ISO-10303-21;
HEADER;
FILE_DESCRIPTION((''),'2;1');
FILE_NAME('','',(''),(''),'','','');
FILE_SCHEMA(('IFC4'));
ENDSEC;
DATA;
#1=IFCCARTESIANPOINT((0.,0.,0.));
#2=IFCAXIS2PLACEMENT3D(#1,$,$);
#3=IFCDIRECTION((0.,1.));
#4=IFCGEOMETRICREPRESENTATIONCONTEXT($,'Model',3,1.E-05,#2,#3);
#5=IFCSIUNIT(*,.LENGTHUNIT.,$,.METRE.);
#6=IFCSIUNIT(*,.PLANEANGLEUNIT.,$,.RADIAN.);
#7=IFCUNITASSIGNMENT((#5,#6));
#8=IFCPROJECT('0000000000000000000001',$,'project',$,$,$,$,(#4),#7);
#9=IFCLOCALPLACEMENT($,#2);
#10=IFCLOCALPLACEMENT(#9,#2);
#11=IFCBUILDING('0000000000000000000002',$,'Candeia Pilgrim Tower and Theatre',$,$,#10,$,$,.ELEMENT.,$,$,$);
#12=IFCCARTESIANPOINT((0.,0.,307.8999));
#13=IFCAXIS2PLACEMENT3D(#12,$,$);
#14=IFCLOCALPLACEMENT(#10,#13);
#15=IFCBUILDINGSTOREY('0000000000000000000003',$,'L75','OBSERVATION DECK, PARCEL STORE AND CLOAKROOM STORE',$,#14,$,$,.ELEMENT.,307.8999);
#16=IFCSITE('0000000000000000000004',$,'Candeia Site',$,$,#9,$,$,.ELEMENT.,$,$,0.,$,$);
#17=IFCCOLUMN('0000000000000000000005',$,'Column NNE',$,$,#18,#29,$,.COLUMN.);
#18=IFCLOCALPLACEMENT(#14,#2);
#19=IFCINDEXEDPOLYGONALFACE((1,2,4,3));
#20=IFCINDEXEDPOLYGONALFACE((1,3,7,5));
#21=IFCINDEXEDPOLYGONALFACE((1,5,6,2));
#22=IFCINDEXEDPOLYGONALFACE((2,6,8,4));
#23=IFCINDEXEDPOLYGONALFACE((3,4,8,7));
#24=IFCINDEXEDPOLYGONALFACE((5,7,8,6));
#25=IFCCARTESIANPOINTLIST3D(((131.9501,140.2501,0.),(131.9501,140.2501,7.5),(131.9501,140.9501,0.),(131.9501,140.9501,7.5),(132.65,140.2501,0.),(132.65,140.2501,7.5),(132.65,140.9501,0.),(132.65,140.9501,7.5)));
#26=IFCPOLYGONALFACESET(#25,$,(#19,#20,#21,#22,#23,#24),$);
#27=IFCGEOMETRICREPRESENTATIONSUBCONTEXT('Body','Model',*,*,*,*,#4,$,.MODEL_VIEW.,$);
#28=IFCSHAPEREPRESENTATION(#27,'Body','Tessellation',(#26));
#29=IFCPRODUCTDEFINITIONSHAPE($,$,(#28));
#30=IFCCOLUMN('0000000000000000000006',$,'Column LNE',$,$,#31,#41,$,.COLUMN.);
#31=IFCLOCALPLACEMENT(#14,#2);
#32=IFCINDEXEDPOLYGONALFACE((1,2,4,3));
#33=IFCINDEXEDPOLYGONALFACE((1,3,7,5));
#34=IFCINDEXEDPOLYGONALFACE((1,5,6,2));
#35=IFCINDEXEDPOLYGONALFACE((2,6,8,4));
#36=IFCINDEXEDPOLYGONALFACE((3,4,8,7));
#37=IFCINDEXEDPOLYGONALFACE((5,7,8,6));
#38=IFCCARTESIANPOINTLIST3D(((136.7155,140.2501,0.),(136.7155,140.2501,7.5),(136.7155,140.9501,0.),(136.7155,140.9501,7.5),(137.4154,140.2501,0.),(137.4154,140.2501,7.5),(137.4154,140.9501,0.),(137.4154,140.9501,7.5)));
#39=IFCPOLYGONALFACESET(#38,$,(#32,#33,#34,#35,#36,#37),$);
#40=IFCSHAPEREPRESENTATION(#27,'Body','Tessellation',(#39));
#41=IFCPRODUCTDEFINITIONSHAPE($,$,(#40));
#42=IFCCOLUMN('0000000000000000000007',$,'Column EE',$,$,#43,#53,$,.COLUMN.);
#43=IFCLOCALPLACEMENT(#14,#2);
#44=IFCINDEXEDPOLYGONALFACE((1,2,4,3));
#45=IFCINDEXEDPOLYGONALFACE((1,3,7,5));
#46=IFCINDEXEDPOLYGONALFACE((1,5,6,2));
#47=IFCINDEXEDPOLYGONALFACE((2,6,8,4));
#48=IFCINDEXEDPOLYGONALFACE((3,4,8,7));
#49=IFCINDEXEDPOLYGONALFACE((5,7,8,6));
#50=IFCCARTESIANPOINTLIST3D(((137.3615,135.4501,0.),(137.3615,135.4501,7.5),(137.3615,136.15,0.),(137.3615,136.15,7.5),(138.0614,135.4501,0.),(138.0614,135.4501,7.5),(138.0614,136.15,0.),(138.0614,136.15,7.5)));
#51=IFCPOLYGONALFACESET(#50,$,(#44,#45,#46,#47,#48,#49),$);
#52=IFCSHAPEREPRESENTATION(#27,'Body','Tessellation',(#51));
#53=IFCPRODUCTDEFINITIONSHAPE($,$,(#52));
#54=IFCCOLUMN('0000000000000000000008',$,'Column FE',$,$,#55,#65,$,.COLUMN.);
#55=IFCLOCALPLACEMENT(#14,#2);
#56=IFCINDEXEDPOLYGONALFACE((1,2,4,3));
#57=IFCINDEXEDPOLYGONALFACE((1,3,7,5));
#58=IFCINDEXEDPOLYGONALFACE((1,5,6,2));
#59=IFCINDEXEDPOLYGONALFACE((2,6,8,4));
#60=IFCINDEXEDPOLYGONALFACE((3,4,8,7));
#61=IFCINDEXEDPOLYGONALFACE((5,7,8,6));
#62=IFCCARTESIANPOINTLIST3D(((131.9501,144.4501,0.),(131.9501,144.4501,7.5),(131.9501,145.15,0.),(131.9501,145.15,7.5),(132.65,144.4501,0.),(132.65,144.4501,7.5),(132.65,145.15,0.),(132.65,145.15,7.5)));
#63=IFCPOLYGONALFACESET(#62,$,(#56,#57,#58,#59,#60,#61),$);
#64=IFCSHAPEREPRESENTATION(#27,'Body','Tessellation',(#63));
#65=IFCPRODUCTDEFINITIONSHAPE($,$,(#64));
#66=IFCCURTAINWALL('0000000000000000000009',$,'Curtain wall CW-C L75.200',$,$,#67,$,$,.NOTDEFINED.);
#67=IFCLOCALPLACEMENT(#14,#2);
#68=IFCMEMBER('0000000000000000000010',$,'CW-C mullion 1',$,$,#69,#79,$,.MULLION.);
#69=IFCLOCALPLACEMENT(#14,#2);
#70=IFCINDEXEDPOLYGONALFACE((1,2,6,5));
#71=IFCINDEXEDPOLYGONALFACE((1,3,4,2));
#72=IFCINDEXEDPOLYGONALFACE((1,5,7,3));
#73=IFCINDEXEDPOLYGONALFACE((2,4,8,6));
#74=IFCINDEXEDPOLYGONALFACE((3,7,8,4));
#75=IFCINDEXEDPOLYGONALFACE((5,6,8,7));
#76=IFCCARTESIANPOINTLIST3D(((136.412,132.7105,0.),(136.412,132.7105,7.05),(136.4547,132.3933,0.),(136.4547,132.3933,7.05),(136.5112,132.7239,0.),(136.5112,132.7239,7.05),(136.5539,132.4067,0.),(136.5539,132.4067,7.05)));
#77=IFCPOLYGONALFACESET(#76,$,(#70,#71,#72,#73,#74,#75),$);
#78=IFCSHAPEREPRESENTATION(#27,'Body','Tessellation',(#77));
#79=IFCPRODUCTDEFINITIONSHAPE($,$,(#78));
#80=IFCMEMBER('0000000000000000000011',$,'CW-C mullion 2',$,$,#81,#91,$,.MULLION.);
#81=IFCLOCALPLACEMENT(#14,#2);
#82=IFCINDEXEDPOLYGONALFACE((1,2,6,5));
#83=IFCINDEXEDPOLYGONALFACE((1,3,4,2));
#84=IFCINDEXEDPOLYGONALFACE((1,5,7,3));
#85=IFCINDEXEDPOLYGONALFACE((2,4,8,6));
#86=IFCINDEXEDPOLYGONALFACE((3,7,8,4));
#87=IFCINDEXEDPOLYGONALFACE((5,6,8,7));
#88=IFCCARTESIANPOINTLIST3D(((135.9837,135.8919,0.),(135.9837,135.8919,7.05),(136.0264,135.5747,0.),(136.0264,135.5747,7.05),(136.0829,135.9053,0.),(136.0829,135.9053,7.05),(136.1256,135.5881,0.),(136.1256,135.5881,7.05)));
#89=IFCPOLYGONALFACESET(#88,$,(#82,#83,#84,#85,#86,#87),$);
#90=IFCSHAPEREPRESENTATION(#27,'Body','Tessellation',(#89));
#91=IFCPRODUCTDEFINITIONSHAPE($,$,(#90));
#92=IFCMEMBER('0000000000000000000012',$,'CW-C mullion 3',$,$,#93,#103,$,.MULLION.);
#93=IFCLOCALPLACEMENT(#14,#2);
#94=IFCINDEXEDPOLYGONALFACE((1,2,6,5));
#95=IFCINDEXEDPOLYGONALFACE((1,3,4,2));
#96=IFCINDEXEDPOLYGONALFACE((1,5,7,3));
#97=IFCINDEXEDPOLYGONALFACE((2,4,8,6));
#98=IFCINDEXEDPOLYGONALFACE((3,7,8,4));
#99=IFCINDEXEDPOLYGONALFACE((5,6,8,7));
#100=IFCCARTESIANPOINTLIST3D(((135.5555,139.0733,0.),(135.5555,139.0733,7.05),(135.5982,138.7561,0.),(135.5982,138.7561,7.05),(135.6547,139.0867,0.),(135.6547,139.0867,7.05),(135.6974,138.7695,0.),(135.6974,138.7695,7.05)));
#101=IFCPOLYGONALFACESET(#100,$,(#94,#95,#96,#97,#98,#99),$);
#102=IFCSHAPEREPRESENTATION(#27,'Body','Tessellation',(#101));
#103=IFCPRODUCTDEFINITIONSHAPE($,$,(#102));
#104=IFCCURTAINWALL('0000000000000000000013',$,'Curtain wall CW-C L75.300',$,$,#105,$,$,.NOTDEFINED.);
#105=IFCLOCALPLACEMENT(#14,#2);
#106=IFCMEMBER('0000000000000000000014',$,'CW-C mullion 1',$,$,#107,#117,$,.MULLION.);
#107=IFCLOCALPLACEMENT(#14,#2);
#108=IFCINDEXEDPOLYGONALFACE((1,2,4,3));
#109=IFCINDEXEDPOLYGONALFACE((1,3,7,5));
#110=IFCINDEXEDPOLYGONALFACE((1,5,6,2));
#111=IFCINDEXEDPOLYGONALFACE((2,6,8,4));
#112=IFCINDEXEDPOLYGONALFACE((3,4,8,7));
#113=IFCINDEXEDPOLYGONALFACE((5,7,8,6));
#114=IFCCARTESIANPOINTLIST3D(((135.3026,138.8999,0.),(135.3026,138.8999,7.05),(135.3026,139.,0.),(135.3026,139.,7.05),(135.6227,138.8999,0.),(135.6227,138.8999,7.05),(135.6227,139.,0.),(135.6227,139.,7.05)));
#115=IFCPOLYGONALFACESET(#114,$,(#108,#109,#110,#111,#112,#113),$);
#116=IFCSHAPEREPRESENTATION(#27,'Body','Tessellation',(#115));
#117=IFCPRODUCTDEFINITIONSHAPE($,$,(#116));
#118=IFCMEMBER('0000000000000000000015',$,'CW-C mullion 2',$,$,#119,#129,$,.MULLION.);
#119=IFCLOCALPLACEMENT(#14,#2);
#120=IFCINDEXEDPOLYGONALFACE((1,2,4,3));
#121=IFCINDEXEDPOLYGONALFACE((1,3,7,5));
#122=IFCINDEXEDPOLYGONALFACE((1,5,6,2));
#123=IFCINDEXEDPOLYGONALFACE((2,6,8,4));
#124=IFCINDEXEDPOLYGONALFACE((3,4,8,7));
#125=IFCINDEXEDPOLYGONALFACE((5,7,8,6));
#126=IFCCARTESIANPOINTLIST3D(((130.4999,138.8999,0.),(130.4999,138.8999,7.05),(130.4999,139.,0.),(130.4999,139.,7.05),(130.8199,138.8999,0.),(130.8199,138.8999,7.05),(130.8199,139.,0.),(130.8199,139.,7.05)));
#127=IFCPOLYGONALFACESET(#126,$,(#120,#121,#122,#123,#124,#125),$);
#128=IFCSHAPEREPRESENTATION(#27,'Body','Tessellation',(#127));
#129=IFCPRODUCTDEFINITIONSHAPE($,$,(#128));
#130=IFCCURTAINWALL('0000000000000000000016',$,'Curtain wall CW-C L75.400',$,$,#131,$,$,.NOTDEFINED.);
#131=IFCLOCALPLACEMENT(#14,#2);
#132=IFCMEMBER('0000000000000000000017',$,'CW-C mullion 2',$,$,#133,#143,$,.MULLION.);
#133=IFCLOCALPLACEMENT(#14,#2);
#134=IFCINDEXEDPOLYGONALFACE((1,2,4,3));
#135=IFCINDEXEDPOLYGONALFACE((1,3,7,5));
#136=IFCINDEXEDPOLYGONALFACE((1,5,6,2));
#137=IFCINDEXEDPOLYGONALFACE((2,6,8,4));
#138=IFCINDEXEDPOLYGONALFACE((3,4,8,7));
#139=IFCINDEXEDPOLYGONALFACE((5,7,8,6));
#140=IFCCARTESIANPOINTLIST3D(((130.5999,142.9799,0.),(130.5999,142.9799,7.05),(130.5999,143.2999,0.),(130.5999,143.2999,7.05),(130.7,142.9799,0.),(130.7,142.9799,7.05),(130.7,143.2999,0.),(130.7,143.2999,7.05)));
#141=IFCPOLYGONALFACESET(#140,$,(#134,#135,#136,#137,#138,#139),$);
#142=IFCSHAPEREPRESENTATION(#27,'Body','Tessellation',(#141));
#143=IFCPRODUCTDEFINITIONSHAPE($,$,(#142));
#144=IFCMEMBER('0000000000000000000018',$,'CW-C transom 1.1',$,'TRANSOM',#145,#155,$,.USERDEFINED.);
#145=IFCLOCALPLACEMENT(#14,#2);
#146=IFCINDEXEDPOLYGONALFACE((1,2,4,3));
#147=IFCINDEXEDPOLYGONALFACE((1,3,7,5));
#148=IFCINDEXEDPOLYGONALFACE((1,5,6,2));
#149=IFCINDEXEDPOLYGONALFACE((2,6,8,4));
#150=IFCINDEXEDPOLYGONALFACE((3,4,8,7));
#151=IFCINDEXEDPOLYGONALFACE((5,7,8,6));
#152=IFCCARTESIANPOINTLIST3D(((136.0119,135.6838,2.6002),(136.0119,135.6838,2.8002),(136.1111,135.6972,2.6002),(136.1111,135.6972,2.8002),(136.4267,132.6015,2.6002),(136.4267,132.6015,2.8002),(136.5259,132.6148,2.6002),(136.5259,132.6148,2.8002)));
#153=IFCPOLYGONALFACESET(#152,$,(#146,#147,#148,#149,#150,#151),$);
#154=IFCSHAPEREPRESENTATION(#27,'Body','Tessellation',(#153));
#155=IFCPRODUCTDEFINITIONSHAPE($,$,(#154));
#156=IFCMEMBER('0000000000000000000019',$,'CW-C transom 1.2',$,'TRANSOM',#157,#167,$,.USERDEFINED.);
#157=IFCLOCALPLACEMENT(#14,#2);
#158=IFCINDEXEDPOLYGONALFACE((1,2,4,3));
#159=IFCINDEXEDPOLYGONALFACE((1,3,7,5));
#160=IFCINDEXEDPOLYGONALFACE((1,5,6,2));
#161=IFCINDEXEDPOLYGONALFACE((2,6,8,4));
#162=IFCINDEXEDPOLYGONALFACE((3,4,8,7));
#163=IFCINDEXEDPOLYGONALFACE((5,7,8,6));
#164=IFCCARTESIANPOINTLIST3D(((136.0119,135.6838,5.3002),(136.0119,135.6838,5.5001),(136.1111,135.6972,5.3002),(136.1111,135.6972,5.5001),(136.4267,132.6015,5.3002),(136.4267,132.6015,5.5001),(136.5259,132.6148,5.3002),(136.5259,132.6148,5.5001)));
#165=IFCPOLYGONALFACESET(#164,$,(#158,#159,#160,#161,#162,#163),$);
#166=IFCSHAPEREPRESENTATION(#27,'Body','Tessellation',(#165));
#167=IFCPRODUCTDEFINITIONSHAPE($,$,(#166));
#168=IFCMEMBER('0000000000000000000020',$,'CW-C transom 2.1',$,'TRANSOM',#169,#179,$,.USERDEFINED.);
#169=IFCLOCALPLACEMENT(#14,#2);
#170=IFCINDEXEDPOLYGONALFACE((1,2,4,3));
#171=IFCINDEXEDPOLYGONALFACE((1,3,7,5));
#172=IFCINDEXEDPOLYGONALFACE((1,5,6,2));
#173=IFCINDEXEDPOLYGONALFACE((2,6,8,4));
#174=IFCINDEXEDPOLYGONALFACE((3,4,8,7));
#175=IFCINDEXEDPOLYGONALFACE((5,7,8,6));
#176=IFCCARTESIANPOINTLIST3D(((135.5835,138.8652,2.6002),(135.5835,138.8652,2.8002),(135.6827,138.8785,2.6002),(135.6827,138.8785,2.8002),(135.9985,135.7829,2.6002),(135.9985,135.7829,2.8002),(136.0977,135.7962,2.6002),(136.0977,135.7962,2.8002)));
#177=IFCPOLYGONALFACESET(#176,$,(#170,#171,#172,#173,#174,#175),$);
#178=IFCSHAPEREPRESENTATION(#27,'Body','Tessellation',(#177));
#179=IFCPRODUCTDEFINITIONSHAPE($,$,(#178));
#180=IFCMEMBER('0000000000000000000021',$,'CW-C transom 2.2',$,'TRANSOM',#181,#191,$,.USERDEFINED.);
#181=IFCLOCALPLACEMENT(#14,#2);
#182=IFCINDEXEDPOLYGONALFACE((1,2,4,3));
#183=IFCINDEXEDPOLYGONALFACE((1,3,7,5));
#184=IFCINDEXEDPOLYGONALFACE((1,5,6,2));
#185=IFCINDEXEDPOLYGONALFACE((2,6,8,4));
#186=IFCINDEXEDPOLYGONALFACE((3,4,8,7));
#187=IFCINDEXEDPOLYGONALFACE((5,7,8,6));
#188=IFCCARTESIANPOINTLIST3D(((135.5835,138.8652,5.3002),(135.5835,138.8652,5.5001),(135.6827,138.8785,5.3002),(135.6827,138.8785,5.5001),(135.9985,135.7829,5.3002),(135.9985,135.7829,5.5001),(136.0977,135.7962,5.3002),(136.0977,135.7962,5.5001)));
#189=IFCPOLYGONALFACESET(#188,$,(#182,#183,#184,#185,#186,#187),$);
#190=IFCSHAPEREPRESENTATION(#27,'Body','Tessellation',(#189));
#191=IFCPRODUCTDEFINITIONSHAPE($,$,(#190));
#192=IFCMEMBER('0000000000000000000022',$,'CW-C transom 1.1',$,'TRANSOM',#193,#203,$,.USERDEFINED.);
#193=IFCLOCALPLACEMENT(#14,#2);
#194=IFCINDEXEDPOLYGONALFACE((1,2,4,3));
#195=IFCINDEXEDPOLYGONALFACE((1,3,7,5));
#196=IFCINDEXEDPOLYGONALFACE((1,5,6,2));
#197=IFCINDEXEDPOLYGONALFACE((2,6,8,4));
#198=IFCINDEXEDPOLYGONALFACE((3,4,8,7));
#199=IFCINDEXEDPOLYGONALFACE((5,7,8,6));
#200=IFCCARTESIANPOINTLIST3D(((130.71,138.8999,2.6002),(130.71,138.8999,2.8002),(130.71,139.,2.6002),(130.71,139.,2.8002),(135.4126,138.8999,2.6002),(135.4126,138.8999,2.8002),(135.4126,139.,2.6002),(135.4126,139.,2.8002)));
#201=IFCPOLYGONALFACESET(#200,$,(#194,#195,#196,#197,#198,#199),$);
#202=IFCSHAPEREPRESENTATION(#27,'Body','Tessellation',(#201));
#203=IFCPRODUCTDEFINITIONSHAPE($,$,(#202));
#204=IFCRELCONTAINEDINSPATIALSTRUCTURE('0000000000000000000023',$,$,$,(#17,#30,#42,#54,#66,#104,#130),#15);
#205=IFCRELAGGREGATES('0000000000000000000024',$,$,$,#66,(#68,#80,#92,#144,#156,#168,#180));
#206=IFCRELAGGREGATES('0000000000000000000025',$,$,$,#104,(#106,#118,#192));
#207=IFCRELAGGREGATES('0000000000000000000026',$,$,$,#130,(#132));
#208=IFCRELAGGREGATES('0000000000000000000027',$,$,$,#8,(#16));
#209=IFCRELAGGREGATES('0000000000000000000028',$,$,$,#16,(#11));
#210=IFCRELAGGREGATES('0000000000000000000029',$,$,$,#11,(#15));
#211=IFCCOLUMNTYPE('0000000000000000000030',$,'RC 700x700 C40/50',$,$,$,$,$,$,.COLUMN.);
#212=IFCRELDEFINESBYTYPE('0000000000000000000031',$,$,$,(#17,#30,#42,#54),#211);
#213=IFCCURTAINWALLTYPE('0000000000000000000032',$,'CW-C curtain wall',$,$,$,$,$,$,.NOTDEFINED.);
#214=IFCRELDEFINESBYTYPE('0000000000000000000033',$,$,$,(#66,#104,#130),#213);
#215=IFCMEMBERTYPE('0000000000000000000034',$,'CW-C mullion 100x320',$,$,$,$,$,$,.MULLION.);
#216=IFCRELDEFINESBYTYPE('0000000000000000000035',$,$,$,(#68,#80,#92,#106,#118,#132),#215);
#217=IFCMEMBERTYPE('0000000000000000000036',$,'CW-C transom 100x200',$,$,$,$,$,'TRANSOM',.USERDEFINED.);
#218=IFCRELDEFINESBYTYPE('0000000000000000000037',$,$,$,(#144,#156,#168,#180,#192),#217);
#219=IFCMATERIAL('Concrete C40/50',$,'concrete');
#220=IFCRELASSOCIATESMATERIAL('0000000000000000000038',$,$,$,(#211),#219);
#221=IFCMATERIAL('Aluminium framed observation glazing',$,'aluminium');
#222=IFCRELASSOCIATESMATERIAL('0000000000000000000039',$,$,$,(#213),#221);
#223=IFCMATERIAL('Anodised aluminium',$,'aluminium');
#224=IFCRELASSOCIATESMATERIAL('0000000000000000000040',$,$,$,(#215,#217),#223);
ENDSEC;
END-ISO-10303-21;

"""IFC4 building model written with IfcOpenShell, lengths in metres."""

from ifc_helpers import new_model, si_unit, direction, frame, origin, origin_2d, place, context, subcontext, project, spatial, rectangle, extrude, material, material_profile, profile_set, type_object, element, aggregate, save


model = new_model("IFC4")

# Units and contexts
model_context = context("Model", 3, precision=1e-05, world=origin(), true_north=direction((0.0, 1.0)))
body_context = subcontext(model_context, "Body", "Model", "MODEL_VIEW")
ifc_project = project(units=[si_unit("LENGTHUNIT", "METRE"), si_unit("PLANEANGLEUNIT", "RADIAN")], contexts=[model_context])

# Site, building, storey
site_placement = place(None, origin())
site = spatial("IfcSite", under=ifc_project, at=site_placement, Name="Candeia Site", CompositionType="ELEMENT", RefElevation=0.0)
building_placement = place(site_placement, origin())
building = spatial("IfcBuilding", under=site, at=building_placement, Name="Candeia Pilgrim Tower and Theatre", CompositionType="ELEMENT")
storey_placement = place(building_placement, frame((0.0, 0.0, 307.8999)))
storey = spatial("IfcBuildingStorey", under=building, at=storey_placement, Name="L75", Description="OBSERVATION DECK, PARCEL STORE AND CLOAKROOM STORE", CompositionType="ELEMENT", Elevation=307.8999)

# Columns
ifc_material_1 = material(Name="Concrete C40/50", Category="concrete")
ifc_material_profile_1 = material_profile(ifc_material_1, rectangle(XDim=0.7, YDim=0.7, at=origin_2d()))
ifc_profile_set_1 = profile_set([ifc_material_profile_1], Name="Concrete C40/50")
column_type = type_object("IfcColumnType", Name="RC 700x700 C40/50", PredefinedType="COLUMN", material=ifc_profile_set_1)
for number, where, z_axis, x_axis, name in (
    (1, (132.3, 140.6001, 0.0), (0.0, 0.0, 1.0), (1.0, 0.0, 0.0), "Column NNE"),
    (2, (137.0654, 140.6001, 0.0), (0.0, 0.0, 1.0), (1.0, 0.0, 0.0), "Column LNE"),
    (3, (137.7114, 135.8, 0.0), (0.0, 0.0, 1.0), (1.0, 0.0, 0.0), "Column EE"),
    (4, (132.3, 144.8, 0.0), (0.0, 0.0, 1.0), (1.0, 0.0, 0.0), "Column FE"),
):
    element("IfcColumn", number, at=place(storey_placement, frame(where, z_axis=z_axis, x_axis=x_axis)), inside=storey, type_object=column_type, Name=name, PredefinedType="COLUMN", context=body_context, shape_type="SweptSolid", body=[
        extrude(rectangle(XDim=0.7, YDim=0.7, at=origin_2d()), origin(), (0.0, 0.0, 1.0), 7.5),
    ])

# Curtain walls, members
ifc_material_2 = material(Name="Aluminium framed observation glazing", Category="aluminium")
curtain_wall_type = type_object("IfcCurtainWallType", Name="CW-C curtain wall", PredefinedType="NOTDEFINED", material=ifc_material_2)
curtain_wall_1_placement = place(storey_placement, origin())
curtain_wall_1 = element("IfcCurtainWall", 5, at=curtain_wall_1_placement, inside=storey, type_object=curtain_wall_type, Name="Curtain wall CW-C L75.200", PredefinedType="NOTDEFINED")
ifc_material_3 = material(Name="Anodised aluminium", Category="aluminium")
ifc_material_profile_2 = material_profile(ifc_material_3, rectangle(XDim=0.1001, YDim=0.3201, at=origin_2d()))
ifc_profile_set_2 = profile_set([ifc_material_profile_2], Name="Anodised aluminium")
member_type_1 = type_object("IfcMemberType", Name="CW-C mullion 100x320", PredefinedType="MULLION", material=ifc_profile_set_2)
member_1_placement = place(storey_placement, frame((136.4829, 132.5586, 0.0), z_axis=(0.0, 0.0, 1.0), x_axis=(-0.991061, -0.133412, 0.0)))
member_1 = element("IfcMember", 6, at=member_1_placement, type_object=member_type_1, Name="CW-C mullion 1", PredefinedType="MULLION", context=body_context, shape_type="SweptSolid", body=[
    extrude(rectangle(XDim=0.1001, YDim=0.3201, at=origin_2d()), origin(), (0.0, 0.0, 1.0), 7.05),
])
member_2_placement = place(storey_placement, frame((136.0547, 135.74, 0.0), z_axis=(0.0, 0.0, 1.0), x_axis=(-0.991061, -0.133412, 0.0)))
member_2 = element("IfcMember", 7, at=member_2_placement, type_object=member_type_1, Name="CW-C mullion 2", PredefinedType="MULLION", context=body_context, shape_type="SweptSolid", body=[
    extrude(rectangle(XDim=0.1001, YDim=0.3201, at=origin_2d()), origin(), (0.0, 0.0, 1.0), 7.05),
])
member_3_placement = place(storey_placement, frame((135.6265, 138.9214, 0.0), z_axis=(0.0, 0.0, 1.0), x_axis=(-0.991061, -0.133412, 0.0)))
member_3 = element("IfcMember", 8, at=member_3_placement, type_object=member_type_1, Name="CW-C mullion 3", PredefinedType="MULLION", context=body_context, shape_type="SweptSolid", body=[
    extrude(rectangle(XDim=0.1001, YDim=0.3201, at=origin_2d()), origin(), (0.0, 0.0, 1.0), 7.05),
])
curtain_wall_2_placement = place(storey_placement, origin())
curtain_wall_2 = element("IfcCurtainWall", 9, at=curtain_wall_2_placement, inside=storey, type_object=curtain_wall_type, Name="Curtain wall CW-C L75.300", PredefinedType="NOTDEFINED")
member_4_placement = place(storey_placement, frame((135.4626, 138.95, 0.0), z_axis=(0.0, 0.0, 1.0), x_axis=(0.0, -1.0, 0.0)))
member_4 = element("IfcMember", 10, at=member_4_placement, type_object=member_type_1, Name="CW-C mullion 1", PredefinedType="MULLION", context=body_context, shape_type="SweptSolid", body=[
    extrude(rectangle(XDim=0.1001, YDim=0.3201, at=origin_2d()), origin(), (0.0, 0.0, 1.0), 7.05),
])
member_5_placement = place(storey_placement, frame((130.6599, 138.95, 0.0), z_axis=(0.0, 0.0, 1.0), x_axis=(0.0, -1.0, 0.0)))
member_5 = element("IfcMember", 11, at=member_5_placement, type_object=member_type_1, Name="CW-C mullion 2", PredefinedType="MULLION", context=body_context, shape_type="SweptSolid", body=[
    extrude(rectangle(XDim=0.1001, YDim=0.3201, at=origin_2d()), origin(), (0.0, 0.0, 1.0), 7.05),
])

# Curtain wall, member
curtain_wall_3_placement = place(storey_placement, origin())
curtain_wall_3 = element("IfcCurtainWall", 12, at=curtain_wall_3_placement, inside=storey, type_object=curtain_wall_type, Name="Curtain wall CW-C L75.400", PredefinedType="NOTDEFINED")
member_6_placement = place(storey_placement, frame((130.6499, 143.1399, 0.0), z_axis=(0.0, 0.0, 1.0), x_axis=(-1.0, 0.0, 0.0)))
member_6 = element("IfcMember", 13, at=member_6_placement, type_object=member_type_1, Name="CW-C mullion 2", PredefinedType="MULLION", context=body_context, shape_type="SweptSolid", body=[
    extrude(rectangle(XDim=0.1001, YDim=0.3201, at=origin_2d()), origin(), (0.0, 0.0, 1.0), 7.05),
])

# Members
ifc_material_profile_3 = material_profile(ifc_material_3, rectangle(XDim=0.1001, YDim=0.2, at=origin_2d()))
ifc_profile_set_3 = profile_set([ifc_material_profile_3], Name="Anodised aluminium")
member_type_2 = type_object("IfcMemberType", Name="CW-C transom 100x200", ElementType="TRANSOM", PredefinedType="USERDEFINED", material=ifc_profile_set_3)
member_7_placement = place(storey_placement, frame((136.4763, 132.6082, 2.7002), z_axis=(-0.133372, 0.991066, 0.0), x_axis=(-0.991066, -0.133372, 0.0)))
member_7 = element("IfcMember", 14, at=member_7_placement, type_object=member_type_2, Name="CW-C transom 1.1", ObjectType="TRANSOM", PredefinedType="USERDEFINED", context=body_context, shape_type="SweptSolid", body=[
    extrude(rectangle(XDim=0.1001, YDim=0.2, at=origin_2d()), origin(), (0.0, 0.0, 1.0), 3.1101),
])
member_8_placement = place(storey_placement, frame((136.4763, 132.6082, 5.4001), z_axis=(-0.133372, 0.991066, 0.0), x_axis=(-0.991066, -0.133372, 0.0)))
member_8 = element("IfcMember", 15, at=member_8_placement, type_object=member_type_2, Name="CW-C transom 1.2", ObjectType="TRANSOM", PredefinedType="USERDEFINED", context=body_context, shape_type="SweptSolid", body=[
    extrude(rectangle(XDim=0.1001, YDim=0.2, at=origin_2d()), origin(), (0.0, 0.0, 1.0), 3.1101),
])
member_9_placement = place(storey_placement, frame((136.0481, 135.7896, 2.7002), z_axis=(-0.133449, 0.991056, 0.0), x_axis=(-0.991056, -0.133449, 0.0)))
member_9 = element("IfcMember", 16, at=member_9_placement, type_object=member_type_2, Name="CW-C transom 2.1", ObjectType="TRANSOM", PredefinedType="USERDEFINED", context=body_context, shape_type="SweptSolid", body=[
    extrude(rectangle(XDim=0.1001, YDim=0.2, at=origin_2d()), origin(), (0.0, 0.0, 1.0), 3.1101),
])
member_10_placement = place(storey_placement, frame((136.0481, 135.7896, 5.4001), z_axis=(-0.133449, 0.991056, 0.0), x_axis=(-0.991056, -0.133449, 0.0)))
member_10 = element("IfcMember", 17, at=member_10_placement, type_object=member_type_2, Name="CW-C transom 2.2", ObjectType="TRANSOM", PredefinedType="USERDEFINED", context=body_context, shape_type="SweptSolid", body=[
    extrude(rectangle(XDim=0.1001, YDim=0.2, at=origin_2d()), origin(), (0.0, 0.0, 1.0), 3.1101),
])
member_11_placement = place(storey_placement, frame((135.4126, 138.95, 2.7002), z_axis=(-1.0, 0.0, 0.0), x_axis=(0.0, -1.0, 0.0)))
member_11 = element("IfcMember", 18, at=member_11_placement, type_object=member_type_2, Name="CW-C transom 1.1", ObjectType="TRANSOM", PredefinedType="USERDEFINED", context=body_context, shape_type="SweptSolid", body=[
    extrude(rectangle(XDim=0.1001, YDim=0.2, at=origin_2d()), origin(), (0.0, 0.0, 1.0), 4.7026),
])

aggregate(curtain_wall_1, [member_1, member_2, member_3, member_7, member_8, member_9, member_10])
aggregate(curtain_wall_2, [member_4, member_5, member_11])
aggregate(curtain_wall_3, [member_6])

save(model, "model.ifc")
